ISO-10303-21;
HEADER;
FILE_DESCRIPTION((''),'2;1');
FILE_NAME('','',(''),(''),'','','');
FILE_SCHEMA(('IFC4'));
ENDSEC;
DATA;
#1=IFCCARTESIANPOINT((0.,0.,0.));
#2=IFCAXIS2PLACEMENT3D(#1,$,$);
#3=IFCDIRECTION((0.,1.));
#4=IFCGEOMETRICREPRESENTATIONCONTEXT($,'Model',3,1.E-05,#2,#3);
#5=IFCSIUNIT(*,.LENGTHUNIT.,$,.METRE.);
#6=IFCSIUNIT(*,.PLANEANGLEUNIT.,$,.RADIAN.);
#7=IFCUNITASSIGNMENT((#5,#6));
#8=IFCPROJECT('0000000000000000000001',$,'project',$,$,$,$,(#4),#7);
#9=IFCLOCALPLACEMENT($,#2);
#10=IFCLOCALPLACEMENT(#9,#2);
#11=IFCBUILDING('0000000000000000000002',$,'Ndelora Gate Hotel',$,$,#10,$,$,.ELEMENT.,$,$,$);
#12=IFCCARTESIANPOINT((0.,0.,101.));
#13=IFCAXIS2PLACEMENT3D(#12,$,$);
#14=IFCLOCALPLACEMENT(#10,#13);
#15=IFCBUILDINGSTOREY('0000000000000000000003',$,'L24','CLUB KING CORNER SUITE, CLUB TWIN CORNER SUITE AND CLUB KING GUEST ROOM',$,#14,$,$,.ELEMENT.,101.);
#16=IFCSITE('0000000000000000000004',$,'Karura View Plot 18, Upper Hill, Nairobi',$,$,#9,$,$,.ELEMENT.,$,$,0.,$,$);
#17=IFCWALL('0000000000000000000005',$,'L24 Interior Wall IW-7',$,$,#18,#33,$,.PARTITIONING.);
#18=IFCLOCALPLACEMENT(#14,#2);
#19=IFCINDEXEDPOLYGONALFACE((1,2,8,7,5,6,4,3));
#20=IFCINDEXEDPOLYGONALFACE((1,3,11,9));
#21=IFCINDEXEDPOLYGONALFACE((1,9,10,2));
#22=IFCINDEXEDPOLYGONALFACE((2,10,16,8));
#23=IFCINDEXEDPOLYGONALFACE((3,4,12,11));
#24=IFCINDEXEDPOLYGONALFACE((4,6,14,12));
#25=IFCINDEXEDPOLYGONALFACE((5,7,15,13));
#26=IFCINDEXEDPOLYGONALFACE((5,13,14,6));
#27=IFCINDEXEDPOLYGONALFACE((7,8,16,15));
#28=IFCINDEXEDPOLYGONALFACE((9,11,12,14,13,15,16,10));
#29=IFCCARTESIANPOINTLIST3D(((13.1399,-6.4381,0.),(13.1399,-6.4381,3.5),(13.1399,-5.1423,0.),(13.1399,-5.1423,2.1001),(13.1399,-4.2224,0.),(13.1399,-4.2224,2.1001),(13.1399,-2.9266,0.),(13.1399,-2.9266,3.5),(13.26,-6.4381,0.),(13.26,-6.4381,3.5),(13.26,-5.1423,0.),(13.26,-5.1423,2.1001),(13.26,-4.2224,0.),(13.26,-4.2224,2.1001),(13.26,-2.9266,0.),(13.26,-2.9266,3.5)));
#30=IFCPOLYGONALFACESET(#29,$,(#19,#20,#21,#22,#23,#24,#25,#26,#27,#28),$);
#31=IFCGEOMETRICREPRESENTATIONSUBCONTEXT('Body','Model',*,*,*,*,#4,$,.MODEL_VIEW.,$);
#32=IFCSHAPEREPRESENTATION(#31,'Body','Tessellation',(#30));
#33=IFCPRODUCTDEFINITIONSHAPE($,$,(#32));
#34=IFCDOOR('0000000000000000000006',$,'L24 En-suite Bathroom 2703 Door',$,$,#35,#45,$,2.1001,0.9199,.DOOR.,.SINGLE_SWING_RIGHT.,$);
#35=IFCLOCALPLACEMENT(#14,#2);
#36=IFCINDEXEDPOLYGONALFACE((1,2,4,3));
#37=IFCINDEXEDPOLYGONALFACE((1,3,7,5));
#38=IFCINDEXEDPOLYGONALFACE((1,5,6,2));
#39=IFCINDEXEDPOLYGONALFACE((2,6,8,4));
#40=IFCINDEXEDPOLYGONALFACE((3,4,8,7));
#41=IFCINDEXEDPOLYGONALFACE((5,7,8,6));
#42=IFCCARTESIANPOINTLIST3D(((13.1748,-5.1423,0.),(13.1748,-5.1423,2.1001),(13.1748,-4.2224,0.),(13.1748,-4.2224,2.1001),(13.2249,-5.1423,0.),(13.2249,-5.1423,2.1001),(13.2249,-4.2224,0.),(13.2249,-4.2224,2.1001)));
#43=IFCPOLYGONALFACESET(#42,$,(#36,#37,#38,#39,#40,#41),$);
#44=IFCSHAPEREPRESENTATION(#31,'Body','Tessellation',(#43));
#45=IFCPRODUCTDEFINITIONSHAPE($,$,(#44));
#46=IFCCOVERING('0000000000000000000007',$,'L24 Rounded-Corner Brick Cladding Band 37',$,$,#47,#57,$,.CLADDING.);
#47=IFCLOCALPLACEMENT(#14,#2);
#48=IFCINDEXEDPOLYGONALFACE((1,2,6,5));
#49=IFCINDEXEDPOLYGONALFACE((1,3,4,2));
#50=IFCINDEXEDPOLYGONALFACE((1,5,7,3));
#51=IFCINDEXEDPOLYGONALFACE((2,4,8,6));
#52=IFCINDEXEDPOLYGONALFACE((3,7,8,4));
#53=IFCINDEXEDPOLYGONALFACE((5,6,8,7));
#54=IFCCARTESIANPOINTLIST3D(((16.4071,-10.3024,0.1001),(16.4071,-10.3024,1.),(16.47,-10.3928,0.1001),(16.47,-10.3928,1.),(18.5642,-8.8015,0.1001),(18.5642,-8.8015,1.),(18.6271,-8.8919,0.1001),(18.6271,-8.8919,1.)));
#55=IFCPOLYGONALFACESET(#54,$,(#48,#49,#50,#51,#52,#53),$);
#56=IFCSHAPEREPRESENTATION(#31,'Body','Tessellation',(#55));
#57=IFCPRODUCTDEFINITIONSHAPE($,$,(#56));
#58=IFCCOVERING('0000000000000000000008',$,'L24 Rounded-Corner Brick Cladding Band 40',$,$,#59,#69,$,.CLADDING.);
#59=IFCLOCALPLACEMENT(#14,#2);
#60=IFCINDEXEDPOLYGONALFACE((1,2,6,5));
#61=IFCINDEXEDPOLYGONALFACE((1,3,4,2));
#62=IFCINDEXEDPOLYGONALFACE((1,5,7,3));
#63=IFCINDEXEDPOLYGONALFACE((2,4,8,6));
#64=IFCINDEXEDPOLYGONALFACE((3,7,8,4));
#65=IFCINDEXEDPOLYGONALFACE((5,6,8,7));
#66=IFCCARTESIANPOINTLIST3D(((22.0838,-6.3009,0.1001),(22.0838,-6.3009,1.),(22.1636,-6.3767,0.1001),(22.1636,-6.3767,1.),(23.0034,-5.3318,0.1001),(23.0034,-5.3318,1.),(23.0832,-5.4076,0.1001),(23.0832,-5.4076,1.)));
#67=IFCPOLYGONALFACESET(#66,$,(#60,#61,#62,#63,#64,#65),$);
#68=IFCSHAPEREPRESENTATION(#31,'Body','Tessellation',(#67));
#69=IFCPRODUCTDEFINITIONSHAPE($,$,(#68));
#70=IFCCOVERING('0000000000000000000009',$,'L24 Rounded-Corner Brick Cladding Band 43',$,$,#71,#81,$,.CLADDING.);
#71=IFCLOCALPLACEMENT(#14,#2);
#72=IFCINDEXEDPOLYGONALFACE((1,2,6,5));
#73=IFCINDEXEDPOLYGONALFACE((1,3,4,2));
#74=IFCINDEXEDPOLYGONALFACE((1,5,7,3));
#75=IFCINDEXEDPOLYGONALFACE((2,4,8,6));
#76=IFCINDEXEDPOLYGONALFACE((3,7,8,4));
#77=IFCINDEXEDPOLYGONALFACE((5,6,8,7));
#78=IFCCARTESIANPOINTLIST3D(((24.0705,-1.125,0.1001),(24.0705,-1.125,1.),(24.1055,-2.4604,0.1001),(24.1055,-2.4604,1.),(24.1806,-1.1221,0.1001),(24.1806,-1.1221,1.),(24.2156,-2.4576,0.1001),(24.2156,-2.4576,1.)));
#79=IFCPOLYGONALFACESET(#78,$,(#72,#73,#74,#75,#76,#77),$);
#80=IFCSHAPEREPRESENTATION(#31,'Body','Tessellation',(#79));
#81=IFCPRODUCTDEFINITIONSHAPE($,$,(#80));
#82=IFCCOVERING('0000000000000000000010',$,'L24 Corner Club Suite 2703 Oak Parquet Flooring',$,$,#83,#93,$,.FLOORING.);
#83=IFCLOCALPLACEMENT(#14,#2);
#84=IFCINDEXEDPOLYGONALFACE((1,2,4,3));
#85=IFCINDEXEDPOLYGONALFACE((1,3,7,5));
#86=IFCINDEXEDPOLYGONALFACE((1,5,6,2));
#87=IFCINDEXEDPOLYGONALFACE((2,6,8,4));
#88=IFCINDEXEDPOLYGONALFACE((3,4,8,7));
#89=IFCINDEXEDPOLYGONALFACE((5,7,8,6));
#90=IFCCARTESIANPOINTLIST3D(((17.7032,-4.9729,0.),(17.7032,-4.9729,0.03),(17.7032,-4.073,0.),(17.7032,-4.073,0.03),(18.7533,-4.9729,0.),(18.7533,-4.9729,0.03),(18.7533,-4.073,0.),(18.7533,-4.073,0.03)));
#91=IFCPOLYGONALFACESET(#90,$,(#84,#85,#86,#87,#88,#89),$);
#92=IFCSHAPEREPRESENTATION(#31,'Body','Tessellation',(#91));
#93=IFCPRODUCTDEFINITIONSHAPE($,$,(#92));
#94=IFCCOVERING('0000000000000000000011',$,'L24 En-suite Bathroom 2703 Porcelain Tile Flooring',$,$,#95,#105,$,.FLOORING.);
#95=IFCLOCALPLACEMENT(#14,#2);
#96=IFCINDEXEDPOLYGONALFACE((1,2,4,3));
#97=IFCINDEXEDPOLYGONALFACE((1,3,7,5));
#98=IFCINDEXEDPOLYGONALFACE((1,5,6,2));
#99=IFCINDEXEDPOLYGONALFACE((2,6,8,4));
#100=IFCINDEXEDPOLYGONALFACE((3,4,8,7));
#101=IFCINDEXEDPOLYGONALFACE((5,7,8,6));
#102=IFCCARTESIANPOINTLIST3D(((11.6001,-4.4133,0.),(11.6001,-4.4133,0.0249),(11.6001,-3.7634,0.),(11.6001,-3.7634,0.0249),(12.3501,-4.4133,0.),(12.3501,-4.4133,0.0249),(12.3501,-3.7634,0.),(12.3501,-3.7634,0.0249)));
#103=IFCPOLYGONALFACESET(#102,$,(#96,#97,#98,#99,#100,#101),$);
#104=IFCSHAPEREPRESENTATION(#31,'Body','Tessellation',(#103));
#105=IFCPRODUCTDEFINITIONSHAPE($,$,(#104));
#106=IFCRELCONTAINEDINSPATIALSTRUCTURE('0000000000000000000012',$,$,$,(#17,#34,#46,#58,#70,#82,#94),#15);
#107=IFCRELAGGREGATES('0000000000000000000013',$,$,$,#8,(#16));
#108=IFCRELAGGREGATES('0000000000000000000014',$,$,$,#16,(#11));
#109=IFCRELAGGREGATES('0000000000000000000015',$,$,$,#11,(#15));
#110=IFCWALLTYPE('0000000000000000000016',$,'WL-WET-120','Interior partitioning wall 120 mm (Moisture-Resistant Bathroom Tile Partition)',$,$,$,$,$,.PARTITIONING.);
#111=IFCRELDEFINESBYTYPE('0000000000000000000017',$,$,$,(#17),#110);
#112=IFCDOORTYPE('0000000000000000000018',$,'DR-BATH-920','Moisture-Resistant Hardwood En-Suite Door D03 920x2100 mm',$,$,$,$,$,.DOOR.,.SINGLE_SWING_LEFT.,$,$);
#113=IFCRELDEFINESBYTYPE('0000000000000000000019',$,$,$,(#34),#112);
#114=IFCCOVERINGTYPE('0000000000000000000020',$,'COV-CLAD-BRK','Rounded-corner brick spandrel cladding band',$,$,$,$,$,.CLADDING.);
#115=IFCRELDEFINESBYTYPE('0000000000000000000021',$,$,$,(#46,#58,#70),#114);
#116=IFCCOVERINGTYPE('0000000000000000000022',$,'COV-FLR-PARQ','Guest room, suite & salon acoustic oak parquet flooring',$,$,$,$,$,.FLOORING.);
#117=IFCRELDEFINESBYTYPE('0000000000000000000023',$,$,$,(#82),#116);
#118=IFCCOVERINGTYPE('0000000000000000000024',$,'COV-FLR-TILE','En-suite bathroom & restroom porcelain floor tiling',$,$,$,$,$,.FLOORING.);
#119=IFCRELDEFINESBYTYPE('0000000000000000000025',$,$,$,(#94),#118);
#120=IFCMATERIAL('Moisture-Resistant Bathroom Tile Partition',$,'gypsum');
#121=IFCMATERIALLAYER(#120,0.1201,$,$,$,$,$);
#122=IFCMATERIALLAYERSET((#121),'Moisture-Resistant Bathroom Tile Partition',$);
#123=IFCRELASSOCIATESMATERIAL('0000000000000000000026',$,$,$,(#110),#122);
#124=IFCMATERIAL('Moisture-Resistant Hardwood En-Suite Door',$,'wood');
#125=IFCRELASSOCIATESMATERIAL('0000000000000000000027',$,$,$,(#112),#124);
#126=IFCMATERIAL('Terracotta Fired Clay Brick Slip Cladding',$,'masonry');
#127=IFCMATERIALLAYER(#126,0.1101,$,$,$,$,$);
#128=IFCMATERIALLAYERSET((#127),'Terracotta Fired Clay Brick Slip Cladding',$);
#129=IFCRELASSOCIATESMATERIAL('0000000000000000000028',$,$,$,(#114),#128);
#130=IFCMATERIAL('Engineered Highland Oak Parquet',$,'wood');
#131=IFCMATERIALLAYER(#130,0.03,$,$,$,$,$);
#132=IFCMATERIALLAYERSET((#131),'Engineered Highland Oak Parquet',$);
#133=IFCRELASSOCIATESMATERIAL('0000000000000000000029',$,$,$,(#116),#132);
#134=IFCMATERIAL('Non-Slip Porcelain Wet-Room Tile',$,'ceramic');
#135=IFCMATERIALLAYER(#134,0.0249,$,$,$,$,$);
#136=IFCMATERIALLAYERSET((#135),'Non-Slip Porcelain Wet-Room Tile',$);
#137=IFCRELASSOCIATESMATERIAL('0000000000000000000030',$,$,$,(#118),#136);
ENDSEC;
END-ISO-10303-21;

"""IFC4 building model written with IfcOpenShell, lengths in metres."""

from ifc_helpers import new_model, si_unit, direction, frame, frame_2d, origin, origin_2d, place, context, subcontext, project, spatial, rectangle, extrude, material, layer, layer_set, type_object, element, fill, save


model = new_model("IFC4")

# Units and contexts
model_context = context("Model", 3, precision=1e-05, world=origin(), true_north=direction((0.0, 1.0)))
body_context = subcontext(model_context, "Body", "Model", "MODEL_VIEW")
ifc_project = project(units=[si_unit("LENGTHUNIT", "METRE"), si_unit("PLANEANGLEUNIT", "RADIAN")], contexts=[model_context])

# Site, building, storey
site_placement = place(None, origin())
site = spatial("IfcSite", under=ifc_project, at=site_placement, Name="Karura View Plot 18, Upper Hill, Nairobi", CompositionType="ELEMENT", RefElevation=0.0)
building_placement = place(site_placement, origin())
building = spatial("IfcBuilding", under=site, at=building_placement, Name="Ndelora Gate Hotel", CompositionType="ELEMENT")
storey_placement = place(building_placement, frame((0.0, 0.0, 101.0)))
storey = spatial("IfcBuildingStorey", under=building, at=storey_placement, Name="L24", Description="CLUB KING CORNER SUITE, CLUB TWIN CORNER SUITE AND CLUB KING GUEST ROOM", CompositionType="ELEMENT", Elevation=101.0)

# Shared definitions
ifc_material_1 = material(Name="Moisture-Resistant Bathroom Tile Partition", Category="gypsum")
ifc_layer_1 = layer(ifc_material_1, 0.1201)
ifc_layer_set_1 = layer_set([ifc_layer_1], Name="Moisture-Resistant Bathroom Tile Partition")
wall_type_1 = type_object("IfcWallType", Name="WL-WET-120", Description="Interior partitioning wall 120 mm (Moisture-Resistant Bathroom Tile Partition)", PredefinedType="PARTITIONING", material=ifc_layer_set_1)

# Wall, opening, door
wall_1_placement = place(storey_placement, frame((13.2, -2.9265, 0.0), z_axis=(0.0, 0.0, 1.0), x_axis=(0.0, -1.0, 0.0)))
wall_1 = element("IfcWall", 1, at=wall_1_placement, inside=storey, type_object=wall_type_1, Name="L24 Interior Wall IW-7", PredefinedType="PARTITIONING", context=body_context, shape_type="SweptSolid", body=[
    extrude(rectangle(XDim=3.5115, YDim=0.1201, at=frame_2d((1.7559, 0.0))), origin(), (0.0, 0.0, 1.0), 3.5),
])
opening_1_placement = place(wall_1_placement, frame((1.2959, 0.0, 0.0)))
opening_1 = element("IfcOpeningElement", 2, at=opening_1_placement, cuts=wall_1, PredefinedType="OPENING", context=body_context, shape_type="SweptSolid", body=[
    extrude(rectangle(XDim=0.9199, YDim=2.1001, at=frame_2d((0.46, 1.05))), frame((0.0, 0.0701, 0.0), z_axis=(0.0, -1.0, 0.0), x_axis=(1.0, 0.0, 0.0)), (0.0, 0.0, 1.0), 0.1401),
])
ifc_material_2 = material(Name="Moisture-Resistant Hardwood En-Suite Door", Category="wood")
door_type = type_object("IfcDoorType", Name="DR-BATH-920", Description="Moisture-Resistant Hardwood En-Suite Door D03 920x2100 mm", OperationType="SINGLE_SWING_LEFT", PredefinedType="DOOR", material=ifc_material_2)
door_placement = place(opening_1_placement, origin())
door = element("IfcDoor", 3, at=door_placement, inside=storey, type_object=door_type, Name="L24 En-suite Bathroom 2703 Door", OperationType="SINGLE_SWING_RIGHT", OverallHeight=2.1001, OverallWidth=0.9199, PredefinedType="DOOR", context=body_context, shape_type="SweptSolid", body=[
    extrude(rectangle(XDim=0.9199, YDim=2.1001, at=frame_2d((0.46, 1.05))), frame((0.0, 0.0249, 0.0), z_axis=(0.0, -1.0, 0.0), x_axis=(1.0, 0.0, 0.0)), (0.0, 0.0, 1.0), 0.05),
])
fill(opening_1, door)

# Coverings
ifc_material_3 = material(Name="Terracotta Fired Clay Brick Slip Cladding", Category="masonry")
ifc_layer_2 = layer(ifc_material_3, 0.1101)
ifc_layer_set_2 = layer_set([ifc_layer_2], Name="Terracotta Fired Clay Brick Slip Cladding")
covering_type_1 = type_object("IfcCoveringType", Name="COV-CLAD-BRK", Description="Rounded-corner brick spandrel cladding band", PredefinedType="CLADDING", material=ifc_layer_set_2)
covering_1_placement = place(storey_placement, frame((17.5171, -9.5972, 0.1001), z_axis=(0.0, 0.0, 1.0), x_axis=(0.82085, 0.571143, 0.0)))
element("IfcCovering", 4, at=covering_1_placement, inside=storey, type_object=covering_type_1, Name="L24 Rounded-Corner Brick Cladding Band 37", PredefinedType="CLADDING", context=body_context, shape_type="SweptSolid", body=[
    extrude(rectangle(XDim=2.6279, YDim=0.1101, at=origin_2d()), origin(), (0.0, 0.0, 1.0), 0.8999),
])
for number, where, z_axis, x_axis, name in (
    (5, (22.5835, -5.8542, 0.1001), (0.0, 0.0, 1.0), (0.688355, 0.725374, 0.0), "L24 Rounded-Corner Brick Cladding Band 40"),
    (6, (24.1431, -1.7913, 0.1001), (0.0, 0.0, 1.0), (-0.026177, 0.999657, 0.0), "L24 Rounded-Corner Brick Cladding Band 43"),
):
    element("IfcCovering", number, at=place(storey_placement, frame(where, z_axis=z_axis, x_axis=x_axis)), inside=storey, type_object=covering_type_1, Name=name, PredefinedType="CLADDING", context=body_context, shape_type="SweptSolid", body=[
        extrude(rectangle(XDim=1.3359, YDim=0.1101, at=origin_2d()), origin(), (0.0, 0.0, 1.0), 0.8999),
    ])
ifc_material_4 = material(Name="Engineered Highland Oak Parquet", Category="wood")
ifc_layer_3 = layer(ifc_material_4, 0.03)
ifc_layer_set_3 = layer_set([ifc_layer_3], Name="Engineered Highland Oak Parquet")
covering_type_2 = type_object("IfcCoveringType", Name="COV-FLR-PARQ", Description="Guest room, suite & salon acoustic oak parquet flooring", PredefinedType="FLOORING", material=ifc_layer_set_3)
covering_2_placement = place(storey_placement, frame((18.2283, -4.5229, 0.0), z_axis=(0.0, 0.0, 1.0), x_axis=(1.0, 0.0, 0.0)))
element("IfcCovering", 7, at=covering_2_placement, inside=storey, type_object=covering_type_2, Name="L24 Corner Club Suite 2703 Oak Parquet Flooring", PredefinedType="FLOORING", context=body_context, shape_type="SweptSolid", body=[
    extrude(rectangle(XDim=1.05, YDim=0.8999, at=origin_2d()), origin(), (0.0, 0.0, 1.0), 0.03),
])
ifc_material_5 = material(Name="Non-Slip Porcelain Wet-Room Tile", Category="ceramic")
ifc_layer_4 = layer(ifc_material_5, 0.0249)
ifc_layer_set_4 = layer_set([ifc_layer_4], Name="Non-Slip Porcelain Wet-Room Tile")
covering_type_3 = type_object("IfcCoveringType", Name="COV-FLR-TILE", Description="En-suite bathroom & restroom porcelain floor tiling", PredefinedType="FLOORING", material=ifc_layer_set_4)
covering_3_placement = place(storey_placement, frame((11.9751, -4.0884, 0.0), z_axis=(0.0, 0.0, 1.0), x_axis=(1.0, 0.0, 0.0)))
element("IfcCovering", 8, at=covering_3_placement, inside=storey, type_object=covering_type_3, Name="L24 En-suite Bathroom 2703 Porcelain Tile Flooring", PredefinedType="FLOORING", context=body_context, shape_type="SweptSolid", body=[
    extrude(rectangle(XDim=0.75, YDim=0.6499, at=origin_2d()), origin(), (0.0, 0.0, 1.0), 0.0249),
])

save(model, "model.ifc")
